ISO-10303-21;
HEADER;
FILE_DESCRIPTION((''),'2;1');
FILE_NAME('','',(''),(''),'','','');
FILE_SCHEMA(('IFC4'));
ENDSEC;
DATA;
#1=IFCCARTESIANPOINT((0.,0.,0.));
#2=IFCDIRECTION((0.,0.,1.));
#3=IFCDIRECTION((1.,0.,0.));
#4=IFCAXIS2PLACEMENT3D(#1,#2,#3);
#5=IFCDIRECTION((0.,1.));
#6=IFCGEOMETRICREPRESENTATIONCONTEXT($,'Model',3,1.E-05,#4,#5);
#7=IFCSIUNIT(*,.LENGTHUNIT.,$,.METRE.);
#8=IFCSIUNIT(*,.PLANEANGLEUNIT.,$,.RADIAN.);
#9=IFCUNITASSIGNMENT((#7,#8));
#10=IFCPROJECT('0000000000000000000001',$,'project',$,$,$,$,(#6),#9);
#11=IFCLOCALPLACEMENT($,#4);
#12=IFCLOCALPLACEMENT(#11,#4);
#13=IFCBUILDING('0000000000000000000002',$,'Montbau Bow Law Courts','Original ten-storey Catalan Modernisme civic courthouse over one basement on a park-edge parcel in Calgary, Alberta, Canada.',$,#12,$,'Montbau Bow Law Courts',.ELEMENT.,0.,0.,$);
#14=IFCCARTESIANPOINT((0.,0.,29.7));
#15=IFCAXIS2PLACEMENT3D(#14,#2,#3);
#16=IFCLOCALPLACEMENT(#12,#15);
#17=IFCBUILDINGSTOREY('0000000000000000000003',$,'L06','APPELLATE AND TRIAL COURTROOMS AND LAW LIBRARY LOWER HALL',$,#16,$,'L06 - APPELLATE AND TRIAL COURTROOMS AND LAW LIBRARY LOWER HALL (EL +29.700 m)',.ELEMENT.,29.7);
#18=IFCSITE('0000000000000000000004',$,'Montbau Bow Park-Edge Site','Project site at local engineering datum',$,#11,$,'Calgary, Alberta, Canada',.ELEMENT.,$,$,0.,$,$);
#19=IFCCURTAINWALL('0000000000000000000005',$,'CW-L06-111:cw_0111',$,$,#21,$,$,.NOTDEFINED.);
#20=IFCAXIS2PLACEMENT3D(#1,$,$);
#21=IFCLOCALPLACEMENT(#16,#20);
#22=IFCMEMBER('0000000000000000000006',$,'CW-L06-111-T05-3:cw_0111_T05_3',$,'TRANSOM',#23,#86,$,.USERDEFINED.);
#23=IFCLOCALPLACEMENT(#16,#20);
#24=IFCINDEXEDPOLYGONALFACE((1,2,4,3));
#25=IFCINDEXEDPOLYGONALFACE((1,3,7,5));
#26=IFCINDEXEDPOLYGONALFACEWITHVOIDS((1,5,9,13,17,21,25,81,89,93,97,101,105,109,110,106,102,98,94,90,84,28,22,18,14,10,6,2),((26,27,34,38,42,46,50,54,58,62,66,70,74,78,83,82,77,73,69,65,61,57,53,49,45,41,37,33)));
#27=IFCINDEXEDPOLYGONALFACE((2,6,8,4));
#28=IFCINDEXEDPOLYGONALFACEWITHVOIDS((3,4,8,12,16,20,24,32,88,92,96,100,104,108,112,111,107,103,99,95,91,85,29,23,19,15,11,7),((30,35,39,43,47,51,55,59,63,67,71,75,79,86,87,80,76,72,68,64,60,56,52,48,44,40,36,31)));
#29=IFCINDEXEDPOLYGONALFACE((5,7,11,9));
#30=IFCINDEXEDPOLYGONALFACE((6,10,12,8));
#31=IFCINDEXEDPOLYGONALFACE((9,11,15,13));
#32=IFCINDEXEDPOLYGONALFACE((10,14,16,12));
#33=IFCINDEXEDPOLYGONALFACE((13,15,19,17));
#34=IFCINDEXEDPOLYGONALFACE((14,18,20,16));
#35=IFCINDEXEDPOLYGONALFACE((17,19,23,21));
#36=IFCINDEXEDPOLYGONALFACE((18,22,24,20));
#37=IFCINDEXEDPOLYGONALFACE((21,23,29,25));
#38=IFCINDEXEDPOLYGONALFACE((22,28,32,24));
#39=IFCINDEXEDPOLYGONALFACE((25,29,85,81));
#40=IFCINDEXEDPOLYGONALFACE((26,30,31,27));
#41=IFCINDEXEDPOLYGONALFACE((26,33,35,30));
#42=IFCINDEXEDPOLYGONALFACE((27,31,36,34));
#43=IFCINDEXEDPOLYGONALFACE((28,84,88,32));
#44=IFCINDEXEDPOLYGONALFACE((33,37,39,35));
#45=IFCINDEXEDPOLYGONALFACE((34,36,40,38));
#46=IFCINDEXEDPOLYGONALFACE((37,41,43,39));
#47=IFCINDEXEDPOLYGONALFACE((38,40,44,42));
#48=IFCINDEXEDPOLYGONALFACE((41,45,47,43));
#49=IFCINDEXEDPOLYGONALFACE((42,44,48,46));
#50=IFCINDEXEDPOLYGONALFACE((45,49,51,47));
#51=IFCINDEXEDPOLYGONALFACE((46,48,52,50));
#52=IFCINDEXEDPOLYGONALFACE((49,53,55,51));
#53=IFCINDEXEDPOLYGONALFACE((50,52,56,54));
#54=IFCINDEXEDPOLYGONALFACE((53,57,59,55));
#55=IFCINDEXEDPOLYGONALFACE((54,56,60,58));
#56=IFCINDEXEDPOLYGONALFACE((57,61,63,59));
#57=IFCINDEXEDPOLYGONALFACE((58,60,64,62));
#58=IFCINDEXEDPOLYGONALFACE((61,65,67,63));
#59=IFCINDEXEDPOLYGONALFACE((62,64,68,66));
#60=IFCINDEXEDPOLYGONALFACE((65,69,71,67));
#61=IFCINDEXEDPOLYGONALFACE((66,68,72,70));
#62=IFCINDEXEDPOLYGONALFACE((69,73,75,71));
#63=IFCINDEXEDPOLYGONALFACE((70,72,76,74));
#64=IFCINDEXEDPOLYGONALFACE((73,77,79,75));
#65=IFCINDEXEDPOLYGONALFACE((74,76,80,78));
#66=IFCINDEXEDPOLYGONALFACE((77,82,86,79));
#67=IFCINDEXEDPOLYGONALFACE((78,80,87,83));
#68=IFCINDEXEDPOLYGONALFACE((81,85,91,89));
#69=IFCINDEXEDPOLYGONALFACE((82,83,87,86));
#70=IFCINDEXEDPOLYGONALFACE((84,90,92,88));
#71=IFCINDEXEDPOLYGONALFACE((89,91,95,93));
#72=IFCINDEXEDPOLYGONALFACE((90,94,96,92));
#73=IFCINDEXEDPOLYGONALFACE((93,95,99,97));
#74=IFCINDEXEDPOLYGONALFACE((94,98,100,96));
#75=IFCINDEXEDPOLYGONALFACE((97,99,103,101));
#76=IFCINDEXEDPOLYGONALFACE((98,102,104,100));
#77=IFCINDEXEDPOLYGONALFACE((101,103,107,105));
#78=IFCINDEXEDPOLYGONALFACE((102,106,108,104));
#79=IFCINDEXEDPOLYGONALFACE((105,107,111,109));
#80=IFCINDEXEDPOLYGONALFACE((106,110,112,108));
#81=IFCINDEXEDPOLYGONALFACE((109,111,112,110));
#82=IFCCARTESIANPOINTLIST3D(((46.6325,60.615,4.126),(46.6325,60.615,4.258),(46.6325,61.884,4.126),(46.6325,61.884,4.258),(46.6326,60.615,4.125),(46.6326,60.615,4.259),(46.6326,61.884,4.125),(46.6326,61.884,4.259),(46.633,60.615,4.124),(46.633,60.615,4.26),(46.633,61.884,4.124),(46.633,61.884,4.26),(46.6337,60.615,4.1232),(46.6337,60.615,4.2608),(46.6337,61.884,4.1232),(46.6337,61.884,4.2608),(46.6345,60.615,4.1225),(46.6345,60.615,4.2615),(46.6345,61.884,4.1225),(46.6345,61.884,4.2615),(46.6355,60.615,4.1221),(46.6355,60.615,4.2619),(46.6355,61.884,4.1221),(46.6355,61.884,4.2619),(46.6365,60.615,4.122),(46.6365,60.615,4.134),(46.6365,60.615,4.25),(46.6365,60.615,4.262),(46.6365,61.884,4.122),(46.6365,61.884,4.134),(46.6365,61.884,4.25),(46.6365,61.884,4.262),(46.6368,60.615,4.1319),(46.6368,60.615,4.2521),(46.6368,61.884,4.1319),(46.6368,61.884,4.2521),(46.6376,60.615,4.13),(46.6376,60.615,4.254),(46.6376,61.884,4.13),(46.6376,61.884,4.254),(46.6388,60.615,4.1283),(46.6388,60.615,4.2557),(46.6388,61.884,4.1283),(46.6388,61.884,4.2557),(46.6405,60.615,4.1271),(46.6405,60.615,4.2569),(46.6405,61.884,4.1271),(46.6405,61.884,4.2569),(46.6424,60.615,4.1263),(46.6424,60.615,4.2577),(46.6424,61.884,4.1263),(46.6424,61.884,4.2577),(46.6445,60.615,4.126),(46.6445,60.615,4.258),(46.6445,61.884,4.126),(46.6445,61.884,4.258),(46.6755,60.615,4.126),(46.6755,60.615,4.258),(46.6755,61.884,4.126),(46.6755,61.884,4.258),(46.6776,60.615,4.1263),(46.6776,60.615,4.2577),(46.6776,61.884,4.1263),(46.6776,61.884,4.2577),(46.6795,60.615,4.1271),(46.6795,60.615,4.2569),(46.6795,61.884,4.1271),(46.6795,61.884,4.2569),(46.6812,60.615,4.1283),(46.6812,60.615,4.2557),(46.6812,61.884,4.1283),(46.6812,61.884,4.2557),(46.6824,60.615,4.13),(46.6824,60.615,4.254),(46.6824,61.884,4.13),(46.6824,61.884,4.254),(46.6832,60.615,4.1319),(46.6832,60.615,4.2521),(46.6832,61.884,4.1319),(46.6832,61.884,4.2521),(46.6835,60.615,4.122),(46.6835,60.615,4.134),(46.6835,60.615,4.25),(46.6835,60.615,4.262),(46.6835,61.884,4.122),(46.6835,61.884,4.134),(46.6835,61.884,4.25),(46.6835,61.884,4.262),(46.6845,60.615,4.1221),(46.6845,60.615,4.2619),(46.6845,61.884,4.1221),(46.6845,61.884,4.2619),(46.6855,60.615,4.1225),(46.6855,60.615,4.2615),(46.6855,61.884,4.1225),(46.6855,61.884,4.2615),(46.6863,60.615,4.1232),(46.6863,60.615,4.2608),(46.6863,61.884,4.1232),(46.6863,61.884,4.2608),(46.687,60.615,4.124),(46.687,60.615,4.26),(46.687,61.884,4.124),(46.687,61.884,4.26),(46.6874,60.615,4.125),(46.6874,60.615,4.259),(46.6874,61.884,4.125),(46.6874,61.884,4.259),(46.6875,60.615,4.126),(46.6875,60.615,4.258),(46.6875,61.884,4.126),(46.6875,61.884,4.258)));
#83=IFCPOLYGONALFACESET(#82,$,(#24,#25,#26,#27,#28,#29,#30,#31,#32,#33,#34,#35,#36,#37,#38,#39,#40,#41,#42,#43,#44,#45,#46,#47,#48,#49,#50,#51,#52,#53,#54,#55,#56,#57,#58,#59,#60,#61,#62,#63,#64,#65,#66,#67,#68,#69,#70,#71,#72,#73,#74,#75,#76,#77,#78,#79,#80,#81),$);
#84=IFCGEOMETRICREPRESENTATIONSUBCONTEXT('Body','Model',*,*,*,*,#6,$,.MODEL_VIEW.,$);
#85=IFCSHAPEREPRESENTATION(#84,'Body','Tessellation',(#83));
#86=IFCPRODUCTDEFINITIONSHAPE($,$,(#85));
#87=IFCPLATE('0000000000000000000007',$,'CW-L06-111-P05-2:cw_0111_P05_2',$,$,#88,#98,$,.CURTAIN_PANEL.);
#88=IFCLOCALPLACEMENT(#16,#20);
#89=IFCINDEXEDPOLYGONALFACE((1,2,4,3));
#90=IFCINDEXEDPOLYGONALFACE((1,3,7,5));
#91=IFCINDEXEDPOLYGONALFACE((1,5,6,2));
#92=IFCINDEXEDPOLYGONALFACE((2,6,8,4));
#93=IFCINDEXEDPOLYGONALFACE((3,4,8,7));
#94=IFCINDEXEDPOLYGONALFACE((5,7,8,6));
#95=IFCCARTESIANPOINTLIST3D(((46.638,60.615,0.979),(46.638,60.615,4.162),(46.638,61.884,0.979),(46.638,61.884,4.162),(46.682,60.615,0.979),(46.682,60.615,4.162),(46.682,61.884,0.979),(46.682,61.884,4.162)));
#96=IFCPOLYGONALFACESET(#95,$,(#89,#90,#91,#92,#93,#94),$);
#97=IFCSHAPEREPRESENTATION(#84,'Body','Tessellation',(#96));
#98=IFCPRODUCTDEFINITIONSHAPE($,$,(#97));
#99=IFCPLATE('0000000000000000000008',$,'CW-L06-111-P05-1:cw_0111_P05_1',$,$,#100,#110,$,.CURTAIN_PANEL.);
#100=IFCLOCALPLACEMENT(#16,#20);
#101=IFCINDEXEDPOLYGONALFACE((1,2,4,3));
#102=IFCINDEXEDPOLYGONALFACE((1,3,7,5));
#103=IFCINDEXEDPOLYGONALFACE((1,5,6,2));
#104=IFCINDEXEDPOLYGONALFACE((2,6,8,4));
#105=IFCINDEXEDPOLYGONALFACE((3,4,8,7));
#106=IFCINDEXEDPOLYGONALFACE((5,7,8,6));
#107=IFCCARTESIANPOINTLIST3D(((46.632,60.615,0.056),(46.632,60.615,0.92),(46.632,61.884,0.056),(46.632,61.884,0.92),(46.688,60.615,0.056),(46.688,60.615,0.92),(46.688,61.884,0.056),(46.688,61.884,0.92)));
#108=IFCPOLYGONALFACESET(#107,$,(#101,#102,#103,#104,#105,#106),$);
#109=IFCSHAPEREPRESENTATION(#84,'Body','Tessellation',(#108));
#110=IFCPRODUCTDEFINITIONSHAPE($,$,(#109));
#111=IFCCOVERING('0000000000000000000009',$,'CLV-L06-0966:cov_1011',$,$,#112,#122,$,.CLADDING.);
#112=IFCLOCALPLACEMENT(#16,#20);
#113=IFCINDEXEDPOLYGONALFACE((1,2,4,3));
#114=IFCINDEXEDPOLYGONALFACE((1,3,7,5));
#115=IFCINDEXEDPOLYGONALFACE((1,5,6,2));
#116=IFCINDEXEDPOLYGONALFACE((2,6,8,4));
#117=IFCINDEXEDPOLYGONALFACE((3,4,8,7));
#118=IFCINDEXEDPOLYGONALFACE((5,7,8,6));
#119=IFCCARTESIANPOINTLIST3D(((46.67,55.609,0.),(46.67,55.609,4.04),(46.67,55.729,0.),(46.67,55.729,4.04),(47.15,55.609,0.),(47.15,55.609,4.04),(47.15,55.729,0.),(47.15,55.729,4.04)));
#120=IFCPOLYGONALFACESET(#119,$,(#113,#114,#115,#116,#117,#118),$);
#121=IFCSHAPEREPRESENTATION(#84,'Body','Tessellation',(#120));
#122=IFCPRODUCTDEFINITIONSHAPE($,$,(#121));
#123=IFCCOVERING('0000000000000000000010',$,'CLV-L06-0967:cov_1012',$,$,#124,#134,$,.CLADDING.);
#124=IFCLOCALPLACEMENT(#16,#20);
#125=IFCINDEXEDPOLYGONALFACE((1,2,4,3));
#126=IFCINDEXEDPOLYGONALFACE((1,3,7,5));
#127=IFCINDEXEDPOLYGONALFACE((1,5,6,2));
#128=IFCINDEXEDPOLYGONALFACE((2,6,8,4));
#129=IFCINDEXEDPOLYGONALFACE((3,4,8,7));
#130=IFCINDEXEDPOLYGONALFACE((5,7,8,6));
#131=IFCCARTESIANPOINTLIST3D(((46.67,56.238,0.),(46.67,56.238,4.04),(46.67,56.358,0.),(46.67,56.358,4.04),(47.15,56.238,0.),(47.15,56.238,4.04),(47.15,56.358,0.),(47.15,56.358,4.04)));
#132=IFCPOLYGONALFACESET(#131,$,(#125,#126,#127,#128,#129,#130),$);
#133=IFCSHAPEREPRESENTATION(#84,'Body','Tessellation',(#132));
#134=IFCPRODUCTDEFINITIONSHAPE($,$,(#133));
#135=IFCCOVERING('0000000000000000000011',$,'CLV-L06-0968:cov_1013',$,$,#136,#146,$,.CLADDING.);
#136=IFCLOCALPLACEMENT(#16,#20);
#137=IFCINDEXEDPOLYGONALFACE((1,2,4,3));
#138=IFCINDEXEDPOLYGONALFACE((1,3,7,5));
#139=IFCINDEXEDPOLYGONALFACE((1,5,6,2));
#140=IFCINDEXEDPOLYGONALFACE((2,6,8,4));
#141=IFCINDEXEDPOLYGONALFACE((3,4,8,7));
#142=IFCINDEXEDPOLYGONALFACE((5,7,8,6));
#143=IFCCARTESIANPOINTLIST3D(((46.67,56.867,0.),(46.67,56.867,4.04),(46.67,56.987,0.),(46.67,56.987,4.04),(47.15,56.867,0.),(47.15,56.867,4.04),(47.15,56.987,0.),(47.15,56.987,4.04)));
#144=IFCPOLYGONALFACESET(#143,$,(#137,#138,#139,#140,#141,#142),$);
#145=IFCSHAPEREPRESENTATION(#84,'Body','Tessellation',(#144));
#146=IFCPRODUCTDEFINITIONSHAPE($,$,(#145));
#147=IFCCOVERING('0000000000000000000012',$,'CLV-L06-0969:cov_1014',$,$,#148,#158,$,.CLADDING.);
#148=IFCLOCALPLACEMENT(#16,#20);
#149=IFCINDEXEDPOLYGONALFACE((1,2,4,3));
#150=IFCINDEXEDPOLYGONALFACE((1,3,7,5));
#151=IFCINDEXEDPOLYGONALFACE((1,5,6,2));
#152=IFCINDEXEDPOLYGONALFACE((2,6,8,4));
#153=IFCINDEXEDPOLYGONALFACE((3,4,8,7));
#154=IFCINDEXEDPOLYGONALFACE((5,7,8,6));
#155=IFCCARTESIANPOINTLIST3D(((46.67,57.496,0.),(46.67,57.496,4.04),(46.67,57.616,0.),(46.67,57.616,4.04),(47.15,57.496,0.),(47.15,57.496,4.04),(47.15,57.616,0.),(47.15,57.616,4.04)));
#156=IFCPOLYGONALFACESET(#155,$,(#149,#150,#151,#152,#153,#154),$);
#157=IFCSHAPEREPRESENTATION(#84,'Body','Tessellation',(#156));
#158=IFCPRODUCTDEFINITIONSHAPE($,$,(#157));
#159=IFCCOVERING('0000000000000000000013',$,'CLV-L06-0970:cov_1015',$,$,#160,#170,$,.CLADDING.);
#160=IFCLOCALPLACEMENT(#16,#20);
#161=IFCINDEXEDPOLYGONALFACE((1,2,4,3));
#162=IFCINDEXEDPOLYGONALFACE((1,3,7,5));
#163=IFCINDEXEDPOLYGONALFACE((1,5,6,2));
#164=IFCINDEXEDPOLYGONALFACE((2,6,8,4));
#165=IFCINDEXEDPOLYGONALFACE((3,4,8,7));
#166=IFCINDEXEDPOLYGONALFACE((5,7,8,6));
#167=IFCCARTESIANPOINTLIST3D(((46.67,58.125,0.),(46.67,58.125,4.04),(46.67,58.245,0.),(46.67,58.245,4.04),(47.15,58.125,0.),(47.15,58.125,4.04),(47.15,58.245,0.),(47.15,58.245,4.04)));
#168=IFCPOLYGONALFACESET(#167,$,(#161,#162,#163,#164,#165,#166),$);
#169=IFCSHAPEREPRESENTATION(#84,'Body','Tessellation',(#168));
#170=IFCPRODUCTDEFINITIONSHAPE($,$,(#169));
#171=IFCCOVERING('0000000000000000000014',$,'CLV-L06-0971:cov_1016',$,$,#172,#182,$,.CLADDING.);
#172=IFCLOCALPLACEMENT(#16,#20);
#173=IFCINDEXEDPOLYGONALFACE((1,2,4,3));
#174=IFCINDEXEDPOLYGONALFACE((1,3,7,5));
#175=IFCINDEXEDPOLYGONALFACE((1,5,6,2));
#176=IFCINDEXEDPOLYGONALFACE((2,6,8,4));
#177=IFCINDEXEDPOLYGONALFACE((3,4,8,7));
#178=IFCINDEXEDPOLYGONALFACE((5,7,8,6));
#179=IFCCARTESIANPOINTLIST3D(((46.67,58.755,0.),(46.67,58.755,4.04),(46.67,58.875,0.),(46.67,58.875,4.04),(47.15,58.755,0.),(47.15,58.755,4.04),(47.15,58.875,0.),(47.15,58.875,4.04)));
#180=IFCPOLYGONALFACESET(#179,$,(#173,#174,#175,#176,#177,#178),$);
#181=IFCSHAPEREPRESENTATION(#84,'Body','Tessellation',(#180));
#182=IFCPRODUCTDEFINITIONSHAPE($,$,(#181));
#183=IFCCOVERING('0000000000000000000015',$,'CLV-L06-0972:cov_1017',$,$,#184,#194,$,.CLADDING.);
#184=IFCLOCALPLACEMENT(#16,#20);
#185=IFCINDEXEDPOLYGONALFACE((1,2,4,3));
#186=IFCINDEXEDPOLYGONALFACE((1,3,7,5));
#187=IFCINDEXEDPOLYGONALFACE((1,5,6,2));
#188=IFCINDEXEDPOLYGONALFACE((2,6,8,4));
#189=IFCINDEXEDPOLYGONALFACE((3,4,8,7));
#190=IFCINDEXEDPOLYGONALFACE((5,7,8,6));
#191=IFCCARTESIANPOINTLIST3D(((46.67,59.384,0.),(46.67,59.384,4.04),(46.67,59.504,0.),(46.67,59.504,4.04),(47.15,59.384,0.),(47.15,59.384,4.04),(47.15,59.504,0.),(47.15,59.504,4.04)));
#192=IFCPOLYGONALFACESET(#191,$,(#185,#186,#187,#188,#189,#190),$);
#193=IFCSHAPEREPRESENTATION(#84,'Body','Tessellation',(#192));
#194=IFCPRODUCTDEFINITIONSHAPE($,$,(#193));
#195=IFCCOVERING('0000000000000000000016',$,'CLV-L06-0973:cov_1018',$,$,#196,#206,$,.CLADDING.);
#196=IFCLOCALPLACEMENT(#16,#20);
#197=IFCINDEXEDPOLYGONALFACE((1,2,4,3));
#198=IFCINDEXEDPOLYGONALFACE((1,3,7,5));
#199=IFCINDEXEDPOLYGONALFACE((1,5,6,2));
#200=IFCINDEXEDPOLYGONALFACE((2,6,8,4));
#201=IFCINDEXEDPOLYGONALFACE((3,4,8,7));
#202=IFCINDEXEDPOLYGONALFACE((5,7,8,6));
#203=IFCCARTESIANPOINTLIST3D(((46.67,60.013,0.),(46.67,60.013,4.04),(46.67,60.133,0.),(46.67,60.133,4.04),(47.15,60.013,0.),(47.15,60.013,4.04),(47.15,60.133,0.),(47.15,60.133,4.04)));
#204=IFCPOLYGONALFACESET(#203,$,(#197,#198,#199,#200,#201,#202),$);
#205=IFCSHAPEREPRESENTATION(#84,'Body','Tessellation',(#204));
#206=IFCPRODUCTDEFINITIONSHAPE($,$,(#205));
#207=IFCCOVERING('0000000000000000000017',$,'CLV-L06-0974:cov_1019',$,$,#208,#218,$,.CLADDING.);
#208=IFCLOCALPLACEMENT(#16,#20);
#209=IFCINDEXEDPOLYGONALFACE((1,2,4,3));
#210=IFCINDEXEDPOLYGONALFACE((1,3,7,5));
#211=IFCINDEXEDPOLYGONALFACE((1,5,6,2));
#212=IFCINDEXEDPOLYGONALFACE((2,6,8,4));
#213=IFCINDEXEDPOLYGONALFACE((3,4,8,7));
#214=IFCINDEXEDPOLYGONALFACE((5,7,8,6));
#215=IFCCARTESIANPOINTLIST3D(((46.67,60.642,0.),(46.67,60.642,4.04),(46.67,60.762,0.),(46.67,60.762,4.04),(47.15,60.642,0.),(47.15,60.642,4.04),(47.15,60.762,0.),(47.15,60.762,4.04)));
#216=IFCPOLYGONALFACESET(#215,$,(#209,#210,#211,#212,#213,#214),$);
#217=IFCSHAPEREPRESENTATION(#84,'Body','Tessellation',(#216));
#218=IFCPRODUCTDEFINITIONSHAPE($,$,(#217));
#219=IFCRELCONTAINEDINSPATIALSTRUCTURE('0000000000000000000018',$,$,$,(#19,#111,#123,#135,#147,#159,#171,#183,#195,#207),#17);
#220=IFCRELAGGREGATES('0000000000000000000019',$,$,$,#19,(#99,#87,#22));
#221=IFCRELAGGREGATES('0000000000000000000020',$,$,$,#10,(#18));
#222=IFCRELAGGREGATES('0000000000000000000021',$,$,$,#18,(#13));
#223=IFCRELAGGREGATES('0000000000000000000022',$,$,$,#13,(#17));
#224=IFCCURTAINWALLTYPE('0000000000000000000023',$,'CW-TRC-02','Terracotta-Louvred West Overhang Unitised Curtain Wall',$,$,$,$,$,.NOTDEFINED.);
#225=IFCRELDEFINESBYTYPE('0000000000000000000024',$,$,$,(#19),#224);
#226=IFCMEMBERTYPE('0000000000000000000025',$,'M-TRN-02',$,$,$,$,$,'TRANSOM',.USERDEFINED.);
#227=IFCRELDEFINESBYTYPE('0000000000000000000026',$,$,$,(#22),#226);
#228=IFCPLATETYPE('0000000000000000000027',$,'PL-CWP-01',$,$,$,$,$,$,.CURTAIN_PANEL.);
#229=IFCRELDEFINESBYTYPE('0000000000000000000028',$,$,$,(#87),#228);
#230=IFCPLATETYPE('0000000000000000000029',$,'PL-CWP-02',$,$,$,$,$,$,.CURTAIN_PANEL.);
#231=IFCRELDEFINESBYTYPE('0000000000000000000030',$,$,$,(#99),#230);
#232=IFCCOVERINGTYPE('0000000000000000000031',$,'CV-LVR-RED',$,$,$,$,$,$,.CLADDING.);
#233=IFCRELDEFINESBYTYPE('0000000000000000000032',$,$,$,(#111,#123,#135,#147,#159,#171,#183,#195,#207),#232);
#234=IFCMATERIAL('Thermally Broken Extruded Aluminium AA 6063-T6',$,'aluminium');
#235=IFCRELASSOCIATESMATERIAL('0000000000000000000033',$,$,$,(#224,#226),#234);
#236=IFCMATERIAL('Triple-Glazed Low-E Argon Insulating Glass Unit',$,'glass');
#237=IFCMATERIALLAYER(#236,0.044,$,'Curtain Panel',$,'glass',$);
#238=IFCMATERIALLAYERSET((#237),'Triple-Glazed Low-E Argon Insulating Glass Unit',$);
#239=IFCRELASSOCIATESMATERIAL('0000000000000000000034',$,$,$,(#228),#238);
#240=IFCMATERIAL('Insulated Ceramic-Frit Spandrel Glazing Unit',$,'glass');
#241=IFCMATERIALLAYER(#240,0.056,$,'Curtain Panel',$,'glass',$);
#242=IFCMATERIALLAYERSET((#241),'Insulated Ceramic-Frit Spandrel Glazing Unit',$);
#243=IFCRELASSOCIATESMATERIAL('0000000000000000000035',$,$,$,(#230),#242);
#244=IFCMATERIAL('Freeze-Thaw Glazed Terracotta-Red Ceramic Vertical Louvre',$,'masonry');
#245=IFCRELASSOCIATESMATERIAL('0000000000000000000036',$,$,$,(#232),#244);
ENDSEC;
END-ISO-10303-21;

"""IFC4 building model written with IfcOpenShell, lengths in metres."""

from ifc_helpers import new_model, si_unit, direction, frame, frame_2d, origin_with_axes, origin_2d_with_axis, place, context, subcontext, project, spatial, rectangle, hollow_rectangle, extrude, material, layer, layer_set, material_profile, profile_set, type_object, element, aggregate, save


model = new_model("IFC4")

# Units and contexts
model_context = context("Model", 3, precision=1e-05, world=origin_with_axes(), true_north=direction((0.0, 1.0)))
body_context = subcontext(model_context, "Body", "Model", "MODEL_VIEW")
ifc_project = project(units=[si_unit("LENGTHUNIT", "METRE"), si_unit("PLANEANGLEUNIT", "RADIAN")], contexts=[model_context])

# Site, building, storey
site_placement = place(None, origin_with_axes())
site = spatial("IfcSite", under=ifc_project, at=site_placement, Name="Montbau Bow Park-Edge Site", Description="Project site at local engineering datum", LongName="Calgary, Alberta, Canada", CompositionType="ELEMENT", RefElevation=0.0)
building_placement = place(site_placement, origin_with_axes())
building = spatial("IfcBuilding", under=site, at=building_placement, Name="Montbau Bow Law Courts", Description="Original ten-storey Catalan Modernisme civic courthouse over one basement on a park-edge parcel in Calgary, Alberta, Canada.", LongName="Montbau Bow Law Courts", CompositionType="ELEMENT", ElevationOfRefHeight=0.0, ElevationOfTerrain=0.0)
storey_placement = place(building_placement, frame((0.0, 0.0, 29.7), z_axis=(0.0, 0.0, 1.0), x_axis=(1.0, 0.0, 0.0)))
storey = spatial("IfcBuildingStorey", under=building, at=storey_placement, Name="L06", Description="APPELLATE AND TRIAL COURTROOMS AND LAW LIBRARY LOWER HALL", LongName="L06 - APPELLATE AND TRIAL COURTROOMS AND LAW LIBRARY LOWER HALL (EL +29.700 m)", CompositionType="ELEMENT", Elevation=29.7)

# Curtain wall, member, plates
ifc_material_1 = material(Name="Thermally Broken Extruded Aluminium AA 6063-T6", Category="aluminium")
curtain_wall_type = type_object("IfcCurtainWallType", Name="CW-TRC-02", Description="Terracotta-Louvred West Overhang Unitised Curtain Wall", PredefinedType="NOTDEFINED", material=ifc_material_1)
curtain_wall_placement = place(None, frame((46.66, 55.04, 29.7), z_axis=(0.0, 0.0, 1.0), x_axis=(1.0, 0.0, 0.0)))
curtain_wall = element("IfcCurtainWall", 1, at=curtain_wall_placement, inside=storey, type_object=curtain_wall_type, Name="CW-L06-111:cw_0111", PredefinedType="NOTDEFINED")
ifc_material_profile_1 = material_profile(ifc_material_1, hollow_rectangle(XDim=0.055, YDim=0.14, WallThickness=0.004, InnerFilletRadius=0.008, OuterFilletRadius=0.004, at=origin_2d_with_axis()), Name="CWT-140X55", Category="Main", Priority=0)
ifc_profile_set_1 = profile_set([ifc_material_profile_1], Name="Thermally Broken Extruded Aluminium AA 6063-T6")
member_type_1 = type_object("IfcMemberType", Name="M-TRN-02", ElementType="TRANSOM", PredefinedType="USERDEFINED", material=ifc_profile_set_1)
member_1_placement = place(None, frame((46.66, 60.615, 33.892), z_axis=(0.0, 1.0, 0.0), x_axis=(-1.0, 0.0, 0.0)))
member_1 = element("IfcMember", 2, at=member_1_placement, type_object=member_type_1, Name="CW-L06-111-T05-3:cw_0111_T05_3", ObjectType="TRANSOM", PredefinedType="USERDEFINED", context=body_context, shape_type="SweptSolid", body=[
    extrude(hollow_rectangle(XDim=0.055, YDim=0.14, WallThickness=0.004, InnerFilletRadius=0.008, OuterFilletRadius=0.004, at=origin_2d_with_axis()), origin_with_axes(), (0.0, 0.0, 1.0), 1.269),
])
ifc_material_2 = material(Name="Triple-Glazed Low-E Argon Insulating Glass Unit", Category="glass")
ifc_layer_1 = layer(ifc_material_2, 0.044, Name="Curtain Panel", Category="glass")
ifc_layer_set_1 = layer_set([ifc_layer_1], Name="Triple-Glazed Low-E Argon Insulating Glass Unit")
plate_type_1 = type_object("IfcPlateType", Name="PL-CWP-01", PredefinedType="CURTAIN_PANEL", material=ifc_layer_set_1)
plate_1_placement = place(None, frame((46.66, 60.615, 30.679), z_axis=(1.0, 0.0, 0.0), x_axis=(0.0, 1.0, 0.0)))
plate_1 = element("IfcPlate", 3, at=plate_1_placement, type_object=plate_type_1, Name="CW-L06-111-P05-2:cw_0111_P05_2", PredefinedType="CURTAIN_PANEL", context=body_context, shape_type="SweptSolid", body=[
    extrude(rectangle(XDim=1.269, YDim=3.183, at=frame_2d((0.6345, 1.5915), x_axis=(1.0, 0.0))), frame((0.0, 0.0, -0.022), z_axis=(0.0, 0.0, 1.0), x_axis=(1.0, 0.0, 0.0)), (0.0, 0.0, 1.0), 0.044),
])
ifc_material_3 = material(Name="Insulated Ceramic-Frit Spandrel Glazing Unit", Category="glass")
ifc_layer_2 = layer(ifc_material_3, 0.056, Name="Curtain Panel", Category="glass")
ifc_layer_set_2 = layer_set([ifc_layer_2], Name="Insulated Ceramic-Frit Spandrel Glazing Unit")
plate_type_2 = type_object("IfcPlateType", Name="PL-CWP-02", PredefinedType="CURTAIN_PANEL", material=ifc_layer_set_2)
plate_2_placement = place(None, frame((46.66, 60.615, 29.756), z_axis=(1.0, 0.0, 0.0), x_axis=(0.0, 1.0, 0.0)))
plate_2 = element("IfcPlate", 4, at=plate_2_placement, type_object=plate_type_2, Name="CW-L06-111-P05-1:cw_0111_P05_1", PredefinedType="CURTAIN_PANEL", context=body_context, shape_type="SweptSolid", body=[
    extrude(rectangle(XDim=1.269, YDim=0.864, at=frame_2d((0.6345, 0.432), x_axis=(1.0, 0.0))), frame((0.0, 0.0, -0.028), z_axis=(0.0, 0.0, 1.0), x_axis=(1.0, 0.0, 0.0)), (0.0, 0.0, 1.0), 0.056),
])
aggregate(curtain_wall, [plate_2, plate_1, member_1])

# Coverings
ifc_material_4 = material(Name="Freeze-Thaw Glazed Terracotta-Red Ceramic Vertical Louvre", Category="masonry")
covering_type = type_object("IfcCoveringType", Name="CV-LVR-RED", PredefinedType="CLADDING", material=ifc_material_4)
for number, where, z_axis, x_axis, name in (
    (5, (46.67, 55.669, 29.7), (0.0, -1.0, 0.0), (1.0, 0.0, 0.0), "CLV-L06-0966:cov_1011"),
    (6, (46.67, 56.298, 29.7), (0.0, -1.0, 0.0), (1.0, 0.0, 0.0), "CLV-L06-0967:cov_1012"),
    (7, (46.67, 56.927, 29.7), (0.0, -1.0, 0.0), (1.0, 0.0, 0.0), "CLV-L06-0968:cov_1013"),
    (8, (46.67, 57.556, 29.7), (0.0, -1.0, 0.0), (1.0, 0.0, 0.0), "CLV-L06-0969:cov_1014"),
    (9, (46.67, 58.185, 29.7), (0.0, -1.0, 0.0), (1.0, 0.0, 0.0), "CLV-L06-0970:cov_1015"),
    (10, (46.67, 58.815, 29.7), (0.0, -1.0, 0.0), (1.0, 0.0, 0.0), "CLV-L06-0971:cov_1016"),
    (11, (46.67, 59.444, 29.7), (0.0, -1.0, 0.0), (1.0, 0.0, 0.0), "CLV-L06-0972:cov_1017"),
    (12, (46.67, 60.073, 29.7), (0.0, -1.0, 0.0), (1.0, 0.0, 0.0), "CLV-L06-0973:cov_1018"),
    (13, (46.67, 60.702, 29.7), (0.0, -1.0, 0.0), (1.0, 0.0, 0.0), "CLV-L06-0974:cov_1019"),
):
    element("IfcCovering", number, at=place(None, frame(where, z_axis=z_axis, x_axis=x_axis)), inside=storey, type_object=covering_type, Name=name, PredefinedType="CLADDING", context=body_context, shape_type="SweptSolid", body=[
        extrude(rectangle(XDim=0.48, YDim=4.04, at=frame_2d((0.24, 2.02), x_axis=(1.0, 0.0))), frame((0.0, 0.0, -0.06), z_axis=(0.0, 0.0, 1.0), x_axis=(1.0, 0.0, 0.0)), (0.0, 0.0, 1.0), 0.12),
    ])

save(model, "model.ifc")
